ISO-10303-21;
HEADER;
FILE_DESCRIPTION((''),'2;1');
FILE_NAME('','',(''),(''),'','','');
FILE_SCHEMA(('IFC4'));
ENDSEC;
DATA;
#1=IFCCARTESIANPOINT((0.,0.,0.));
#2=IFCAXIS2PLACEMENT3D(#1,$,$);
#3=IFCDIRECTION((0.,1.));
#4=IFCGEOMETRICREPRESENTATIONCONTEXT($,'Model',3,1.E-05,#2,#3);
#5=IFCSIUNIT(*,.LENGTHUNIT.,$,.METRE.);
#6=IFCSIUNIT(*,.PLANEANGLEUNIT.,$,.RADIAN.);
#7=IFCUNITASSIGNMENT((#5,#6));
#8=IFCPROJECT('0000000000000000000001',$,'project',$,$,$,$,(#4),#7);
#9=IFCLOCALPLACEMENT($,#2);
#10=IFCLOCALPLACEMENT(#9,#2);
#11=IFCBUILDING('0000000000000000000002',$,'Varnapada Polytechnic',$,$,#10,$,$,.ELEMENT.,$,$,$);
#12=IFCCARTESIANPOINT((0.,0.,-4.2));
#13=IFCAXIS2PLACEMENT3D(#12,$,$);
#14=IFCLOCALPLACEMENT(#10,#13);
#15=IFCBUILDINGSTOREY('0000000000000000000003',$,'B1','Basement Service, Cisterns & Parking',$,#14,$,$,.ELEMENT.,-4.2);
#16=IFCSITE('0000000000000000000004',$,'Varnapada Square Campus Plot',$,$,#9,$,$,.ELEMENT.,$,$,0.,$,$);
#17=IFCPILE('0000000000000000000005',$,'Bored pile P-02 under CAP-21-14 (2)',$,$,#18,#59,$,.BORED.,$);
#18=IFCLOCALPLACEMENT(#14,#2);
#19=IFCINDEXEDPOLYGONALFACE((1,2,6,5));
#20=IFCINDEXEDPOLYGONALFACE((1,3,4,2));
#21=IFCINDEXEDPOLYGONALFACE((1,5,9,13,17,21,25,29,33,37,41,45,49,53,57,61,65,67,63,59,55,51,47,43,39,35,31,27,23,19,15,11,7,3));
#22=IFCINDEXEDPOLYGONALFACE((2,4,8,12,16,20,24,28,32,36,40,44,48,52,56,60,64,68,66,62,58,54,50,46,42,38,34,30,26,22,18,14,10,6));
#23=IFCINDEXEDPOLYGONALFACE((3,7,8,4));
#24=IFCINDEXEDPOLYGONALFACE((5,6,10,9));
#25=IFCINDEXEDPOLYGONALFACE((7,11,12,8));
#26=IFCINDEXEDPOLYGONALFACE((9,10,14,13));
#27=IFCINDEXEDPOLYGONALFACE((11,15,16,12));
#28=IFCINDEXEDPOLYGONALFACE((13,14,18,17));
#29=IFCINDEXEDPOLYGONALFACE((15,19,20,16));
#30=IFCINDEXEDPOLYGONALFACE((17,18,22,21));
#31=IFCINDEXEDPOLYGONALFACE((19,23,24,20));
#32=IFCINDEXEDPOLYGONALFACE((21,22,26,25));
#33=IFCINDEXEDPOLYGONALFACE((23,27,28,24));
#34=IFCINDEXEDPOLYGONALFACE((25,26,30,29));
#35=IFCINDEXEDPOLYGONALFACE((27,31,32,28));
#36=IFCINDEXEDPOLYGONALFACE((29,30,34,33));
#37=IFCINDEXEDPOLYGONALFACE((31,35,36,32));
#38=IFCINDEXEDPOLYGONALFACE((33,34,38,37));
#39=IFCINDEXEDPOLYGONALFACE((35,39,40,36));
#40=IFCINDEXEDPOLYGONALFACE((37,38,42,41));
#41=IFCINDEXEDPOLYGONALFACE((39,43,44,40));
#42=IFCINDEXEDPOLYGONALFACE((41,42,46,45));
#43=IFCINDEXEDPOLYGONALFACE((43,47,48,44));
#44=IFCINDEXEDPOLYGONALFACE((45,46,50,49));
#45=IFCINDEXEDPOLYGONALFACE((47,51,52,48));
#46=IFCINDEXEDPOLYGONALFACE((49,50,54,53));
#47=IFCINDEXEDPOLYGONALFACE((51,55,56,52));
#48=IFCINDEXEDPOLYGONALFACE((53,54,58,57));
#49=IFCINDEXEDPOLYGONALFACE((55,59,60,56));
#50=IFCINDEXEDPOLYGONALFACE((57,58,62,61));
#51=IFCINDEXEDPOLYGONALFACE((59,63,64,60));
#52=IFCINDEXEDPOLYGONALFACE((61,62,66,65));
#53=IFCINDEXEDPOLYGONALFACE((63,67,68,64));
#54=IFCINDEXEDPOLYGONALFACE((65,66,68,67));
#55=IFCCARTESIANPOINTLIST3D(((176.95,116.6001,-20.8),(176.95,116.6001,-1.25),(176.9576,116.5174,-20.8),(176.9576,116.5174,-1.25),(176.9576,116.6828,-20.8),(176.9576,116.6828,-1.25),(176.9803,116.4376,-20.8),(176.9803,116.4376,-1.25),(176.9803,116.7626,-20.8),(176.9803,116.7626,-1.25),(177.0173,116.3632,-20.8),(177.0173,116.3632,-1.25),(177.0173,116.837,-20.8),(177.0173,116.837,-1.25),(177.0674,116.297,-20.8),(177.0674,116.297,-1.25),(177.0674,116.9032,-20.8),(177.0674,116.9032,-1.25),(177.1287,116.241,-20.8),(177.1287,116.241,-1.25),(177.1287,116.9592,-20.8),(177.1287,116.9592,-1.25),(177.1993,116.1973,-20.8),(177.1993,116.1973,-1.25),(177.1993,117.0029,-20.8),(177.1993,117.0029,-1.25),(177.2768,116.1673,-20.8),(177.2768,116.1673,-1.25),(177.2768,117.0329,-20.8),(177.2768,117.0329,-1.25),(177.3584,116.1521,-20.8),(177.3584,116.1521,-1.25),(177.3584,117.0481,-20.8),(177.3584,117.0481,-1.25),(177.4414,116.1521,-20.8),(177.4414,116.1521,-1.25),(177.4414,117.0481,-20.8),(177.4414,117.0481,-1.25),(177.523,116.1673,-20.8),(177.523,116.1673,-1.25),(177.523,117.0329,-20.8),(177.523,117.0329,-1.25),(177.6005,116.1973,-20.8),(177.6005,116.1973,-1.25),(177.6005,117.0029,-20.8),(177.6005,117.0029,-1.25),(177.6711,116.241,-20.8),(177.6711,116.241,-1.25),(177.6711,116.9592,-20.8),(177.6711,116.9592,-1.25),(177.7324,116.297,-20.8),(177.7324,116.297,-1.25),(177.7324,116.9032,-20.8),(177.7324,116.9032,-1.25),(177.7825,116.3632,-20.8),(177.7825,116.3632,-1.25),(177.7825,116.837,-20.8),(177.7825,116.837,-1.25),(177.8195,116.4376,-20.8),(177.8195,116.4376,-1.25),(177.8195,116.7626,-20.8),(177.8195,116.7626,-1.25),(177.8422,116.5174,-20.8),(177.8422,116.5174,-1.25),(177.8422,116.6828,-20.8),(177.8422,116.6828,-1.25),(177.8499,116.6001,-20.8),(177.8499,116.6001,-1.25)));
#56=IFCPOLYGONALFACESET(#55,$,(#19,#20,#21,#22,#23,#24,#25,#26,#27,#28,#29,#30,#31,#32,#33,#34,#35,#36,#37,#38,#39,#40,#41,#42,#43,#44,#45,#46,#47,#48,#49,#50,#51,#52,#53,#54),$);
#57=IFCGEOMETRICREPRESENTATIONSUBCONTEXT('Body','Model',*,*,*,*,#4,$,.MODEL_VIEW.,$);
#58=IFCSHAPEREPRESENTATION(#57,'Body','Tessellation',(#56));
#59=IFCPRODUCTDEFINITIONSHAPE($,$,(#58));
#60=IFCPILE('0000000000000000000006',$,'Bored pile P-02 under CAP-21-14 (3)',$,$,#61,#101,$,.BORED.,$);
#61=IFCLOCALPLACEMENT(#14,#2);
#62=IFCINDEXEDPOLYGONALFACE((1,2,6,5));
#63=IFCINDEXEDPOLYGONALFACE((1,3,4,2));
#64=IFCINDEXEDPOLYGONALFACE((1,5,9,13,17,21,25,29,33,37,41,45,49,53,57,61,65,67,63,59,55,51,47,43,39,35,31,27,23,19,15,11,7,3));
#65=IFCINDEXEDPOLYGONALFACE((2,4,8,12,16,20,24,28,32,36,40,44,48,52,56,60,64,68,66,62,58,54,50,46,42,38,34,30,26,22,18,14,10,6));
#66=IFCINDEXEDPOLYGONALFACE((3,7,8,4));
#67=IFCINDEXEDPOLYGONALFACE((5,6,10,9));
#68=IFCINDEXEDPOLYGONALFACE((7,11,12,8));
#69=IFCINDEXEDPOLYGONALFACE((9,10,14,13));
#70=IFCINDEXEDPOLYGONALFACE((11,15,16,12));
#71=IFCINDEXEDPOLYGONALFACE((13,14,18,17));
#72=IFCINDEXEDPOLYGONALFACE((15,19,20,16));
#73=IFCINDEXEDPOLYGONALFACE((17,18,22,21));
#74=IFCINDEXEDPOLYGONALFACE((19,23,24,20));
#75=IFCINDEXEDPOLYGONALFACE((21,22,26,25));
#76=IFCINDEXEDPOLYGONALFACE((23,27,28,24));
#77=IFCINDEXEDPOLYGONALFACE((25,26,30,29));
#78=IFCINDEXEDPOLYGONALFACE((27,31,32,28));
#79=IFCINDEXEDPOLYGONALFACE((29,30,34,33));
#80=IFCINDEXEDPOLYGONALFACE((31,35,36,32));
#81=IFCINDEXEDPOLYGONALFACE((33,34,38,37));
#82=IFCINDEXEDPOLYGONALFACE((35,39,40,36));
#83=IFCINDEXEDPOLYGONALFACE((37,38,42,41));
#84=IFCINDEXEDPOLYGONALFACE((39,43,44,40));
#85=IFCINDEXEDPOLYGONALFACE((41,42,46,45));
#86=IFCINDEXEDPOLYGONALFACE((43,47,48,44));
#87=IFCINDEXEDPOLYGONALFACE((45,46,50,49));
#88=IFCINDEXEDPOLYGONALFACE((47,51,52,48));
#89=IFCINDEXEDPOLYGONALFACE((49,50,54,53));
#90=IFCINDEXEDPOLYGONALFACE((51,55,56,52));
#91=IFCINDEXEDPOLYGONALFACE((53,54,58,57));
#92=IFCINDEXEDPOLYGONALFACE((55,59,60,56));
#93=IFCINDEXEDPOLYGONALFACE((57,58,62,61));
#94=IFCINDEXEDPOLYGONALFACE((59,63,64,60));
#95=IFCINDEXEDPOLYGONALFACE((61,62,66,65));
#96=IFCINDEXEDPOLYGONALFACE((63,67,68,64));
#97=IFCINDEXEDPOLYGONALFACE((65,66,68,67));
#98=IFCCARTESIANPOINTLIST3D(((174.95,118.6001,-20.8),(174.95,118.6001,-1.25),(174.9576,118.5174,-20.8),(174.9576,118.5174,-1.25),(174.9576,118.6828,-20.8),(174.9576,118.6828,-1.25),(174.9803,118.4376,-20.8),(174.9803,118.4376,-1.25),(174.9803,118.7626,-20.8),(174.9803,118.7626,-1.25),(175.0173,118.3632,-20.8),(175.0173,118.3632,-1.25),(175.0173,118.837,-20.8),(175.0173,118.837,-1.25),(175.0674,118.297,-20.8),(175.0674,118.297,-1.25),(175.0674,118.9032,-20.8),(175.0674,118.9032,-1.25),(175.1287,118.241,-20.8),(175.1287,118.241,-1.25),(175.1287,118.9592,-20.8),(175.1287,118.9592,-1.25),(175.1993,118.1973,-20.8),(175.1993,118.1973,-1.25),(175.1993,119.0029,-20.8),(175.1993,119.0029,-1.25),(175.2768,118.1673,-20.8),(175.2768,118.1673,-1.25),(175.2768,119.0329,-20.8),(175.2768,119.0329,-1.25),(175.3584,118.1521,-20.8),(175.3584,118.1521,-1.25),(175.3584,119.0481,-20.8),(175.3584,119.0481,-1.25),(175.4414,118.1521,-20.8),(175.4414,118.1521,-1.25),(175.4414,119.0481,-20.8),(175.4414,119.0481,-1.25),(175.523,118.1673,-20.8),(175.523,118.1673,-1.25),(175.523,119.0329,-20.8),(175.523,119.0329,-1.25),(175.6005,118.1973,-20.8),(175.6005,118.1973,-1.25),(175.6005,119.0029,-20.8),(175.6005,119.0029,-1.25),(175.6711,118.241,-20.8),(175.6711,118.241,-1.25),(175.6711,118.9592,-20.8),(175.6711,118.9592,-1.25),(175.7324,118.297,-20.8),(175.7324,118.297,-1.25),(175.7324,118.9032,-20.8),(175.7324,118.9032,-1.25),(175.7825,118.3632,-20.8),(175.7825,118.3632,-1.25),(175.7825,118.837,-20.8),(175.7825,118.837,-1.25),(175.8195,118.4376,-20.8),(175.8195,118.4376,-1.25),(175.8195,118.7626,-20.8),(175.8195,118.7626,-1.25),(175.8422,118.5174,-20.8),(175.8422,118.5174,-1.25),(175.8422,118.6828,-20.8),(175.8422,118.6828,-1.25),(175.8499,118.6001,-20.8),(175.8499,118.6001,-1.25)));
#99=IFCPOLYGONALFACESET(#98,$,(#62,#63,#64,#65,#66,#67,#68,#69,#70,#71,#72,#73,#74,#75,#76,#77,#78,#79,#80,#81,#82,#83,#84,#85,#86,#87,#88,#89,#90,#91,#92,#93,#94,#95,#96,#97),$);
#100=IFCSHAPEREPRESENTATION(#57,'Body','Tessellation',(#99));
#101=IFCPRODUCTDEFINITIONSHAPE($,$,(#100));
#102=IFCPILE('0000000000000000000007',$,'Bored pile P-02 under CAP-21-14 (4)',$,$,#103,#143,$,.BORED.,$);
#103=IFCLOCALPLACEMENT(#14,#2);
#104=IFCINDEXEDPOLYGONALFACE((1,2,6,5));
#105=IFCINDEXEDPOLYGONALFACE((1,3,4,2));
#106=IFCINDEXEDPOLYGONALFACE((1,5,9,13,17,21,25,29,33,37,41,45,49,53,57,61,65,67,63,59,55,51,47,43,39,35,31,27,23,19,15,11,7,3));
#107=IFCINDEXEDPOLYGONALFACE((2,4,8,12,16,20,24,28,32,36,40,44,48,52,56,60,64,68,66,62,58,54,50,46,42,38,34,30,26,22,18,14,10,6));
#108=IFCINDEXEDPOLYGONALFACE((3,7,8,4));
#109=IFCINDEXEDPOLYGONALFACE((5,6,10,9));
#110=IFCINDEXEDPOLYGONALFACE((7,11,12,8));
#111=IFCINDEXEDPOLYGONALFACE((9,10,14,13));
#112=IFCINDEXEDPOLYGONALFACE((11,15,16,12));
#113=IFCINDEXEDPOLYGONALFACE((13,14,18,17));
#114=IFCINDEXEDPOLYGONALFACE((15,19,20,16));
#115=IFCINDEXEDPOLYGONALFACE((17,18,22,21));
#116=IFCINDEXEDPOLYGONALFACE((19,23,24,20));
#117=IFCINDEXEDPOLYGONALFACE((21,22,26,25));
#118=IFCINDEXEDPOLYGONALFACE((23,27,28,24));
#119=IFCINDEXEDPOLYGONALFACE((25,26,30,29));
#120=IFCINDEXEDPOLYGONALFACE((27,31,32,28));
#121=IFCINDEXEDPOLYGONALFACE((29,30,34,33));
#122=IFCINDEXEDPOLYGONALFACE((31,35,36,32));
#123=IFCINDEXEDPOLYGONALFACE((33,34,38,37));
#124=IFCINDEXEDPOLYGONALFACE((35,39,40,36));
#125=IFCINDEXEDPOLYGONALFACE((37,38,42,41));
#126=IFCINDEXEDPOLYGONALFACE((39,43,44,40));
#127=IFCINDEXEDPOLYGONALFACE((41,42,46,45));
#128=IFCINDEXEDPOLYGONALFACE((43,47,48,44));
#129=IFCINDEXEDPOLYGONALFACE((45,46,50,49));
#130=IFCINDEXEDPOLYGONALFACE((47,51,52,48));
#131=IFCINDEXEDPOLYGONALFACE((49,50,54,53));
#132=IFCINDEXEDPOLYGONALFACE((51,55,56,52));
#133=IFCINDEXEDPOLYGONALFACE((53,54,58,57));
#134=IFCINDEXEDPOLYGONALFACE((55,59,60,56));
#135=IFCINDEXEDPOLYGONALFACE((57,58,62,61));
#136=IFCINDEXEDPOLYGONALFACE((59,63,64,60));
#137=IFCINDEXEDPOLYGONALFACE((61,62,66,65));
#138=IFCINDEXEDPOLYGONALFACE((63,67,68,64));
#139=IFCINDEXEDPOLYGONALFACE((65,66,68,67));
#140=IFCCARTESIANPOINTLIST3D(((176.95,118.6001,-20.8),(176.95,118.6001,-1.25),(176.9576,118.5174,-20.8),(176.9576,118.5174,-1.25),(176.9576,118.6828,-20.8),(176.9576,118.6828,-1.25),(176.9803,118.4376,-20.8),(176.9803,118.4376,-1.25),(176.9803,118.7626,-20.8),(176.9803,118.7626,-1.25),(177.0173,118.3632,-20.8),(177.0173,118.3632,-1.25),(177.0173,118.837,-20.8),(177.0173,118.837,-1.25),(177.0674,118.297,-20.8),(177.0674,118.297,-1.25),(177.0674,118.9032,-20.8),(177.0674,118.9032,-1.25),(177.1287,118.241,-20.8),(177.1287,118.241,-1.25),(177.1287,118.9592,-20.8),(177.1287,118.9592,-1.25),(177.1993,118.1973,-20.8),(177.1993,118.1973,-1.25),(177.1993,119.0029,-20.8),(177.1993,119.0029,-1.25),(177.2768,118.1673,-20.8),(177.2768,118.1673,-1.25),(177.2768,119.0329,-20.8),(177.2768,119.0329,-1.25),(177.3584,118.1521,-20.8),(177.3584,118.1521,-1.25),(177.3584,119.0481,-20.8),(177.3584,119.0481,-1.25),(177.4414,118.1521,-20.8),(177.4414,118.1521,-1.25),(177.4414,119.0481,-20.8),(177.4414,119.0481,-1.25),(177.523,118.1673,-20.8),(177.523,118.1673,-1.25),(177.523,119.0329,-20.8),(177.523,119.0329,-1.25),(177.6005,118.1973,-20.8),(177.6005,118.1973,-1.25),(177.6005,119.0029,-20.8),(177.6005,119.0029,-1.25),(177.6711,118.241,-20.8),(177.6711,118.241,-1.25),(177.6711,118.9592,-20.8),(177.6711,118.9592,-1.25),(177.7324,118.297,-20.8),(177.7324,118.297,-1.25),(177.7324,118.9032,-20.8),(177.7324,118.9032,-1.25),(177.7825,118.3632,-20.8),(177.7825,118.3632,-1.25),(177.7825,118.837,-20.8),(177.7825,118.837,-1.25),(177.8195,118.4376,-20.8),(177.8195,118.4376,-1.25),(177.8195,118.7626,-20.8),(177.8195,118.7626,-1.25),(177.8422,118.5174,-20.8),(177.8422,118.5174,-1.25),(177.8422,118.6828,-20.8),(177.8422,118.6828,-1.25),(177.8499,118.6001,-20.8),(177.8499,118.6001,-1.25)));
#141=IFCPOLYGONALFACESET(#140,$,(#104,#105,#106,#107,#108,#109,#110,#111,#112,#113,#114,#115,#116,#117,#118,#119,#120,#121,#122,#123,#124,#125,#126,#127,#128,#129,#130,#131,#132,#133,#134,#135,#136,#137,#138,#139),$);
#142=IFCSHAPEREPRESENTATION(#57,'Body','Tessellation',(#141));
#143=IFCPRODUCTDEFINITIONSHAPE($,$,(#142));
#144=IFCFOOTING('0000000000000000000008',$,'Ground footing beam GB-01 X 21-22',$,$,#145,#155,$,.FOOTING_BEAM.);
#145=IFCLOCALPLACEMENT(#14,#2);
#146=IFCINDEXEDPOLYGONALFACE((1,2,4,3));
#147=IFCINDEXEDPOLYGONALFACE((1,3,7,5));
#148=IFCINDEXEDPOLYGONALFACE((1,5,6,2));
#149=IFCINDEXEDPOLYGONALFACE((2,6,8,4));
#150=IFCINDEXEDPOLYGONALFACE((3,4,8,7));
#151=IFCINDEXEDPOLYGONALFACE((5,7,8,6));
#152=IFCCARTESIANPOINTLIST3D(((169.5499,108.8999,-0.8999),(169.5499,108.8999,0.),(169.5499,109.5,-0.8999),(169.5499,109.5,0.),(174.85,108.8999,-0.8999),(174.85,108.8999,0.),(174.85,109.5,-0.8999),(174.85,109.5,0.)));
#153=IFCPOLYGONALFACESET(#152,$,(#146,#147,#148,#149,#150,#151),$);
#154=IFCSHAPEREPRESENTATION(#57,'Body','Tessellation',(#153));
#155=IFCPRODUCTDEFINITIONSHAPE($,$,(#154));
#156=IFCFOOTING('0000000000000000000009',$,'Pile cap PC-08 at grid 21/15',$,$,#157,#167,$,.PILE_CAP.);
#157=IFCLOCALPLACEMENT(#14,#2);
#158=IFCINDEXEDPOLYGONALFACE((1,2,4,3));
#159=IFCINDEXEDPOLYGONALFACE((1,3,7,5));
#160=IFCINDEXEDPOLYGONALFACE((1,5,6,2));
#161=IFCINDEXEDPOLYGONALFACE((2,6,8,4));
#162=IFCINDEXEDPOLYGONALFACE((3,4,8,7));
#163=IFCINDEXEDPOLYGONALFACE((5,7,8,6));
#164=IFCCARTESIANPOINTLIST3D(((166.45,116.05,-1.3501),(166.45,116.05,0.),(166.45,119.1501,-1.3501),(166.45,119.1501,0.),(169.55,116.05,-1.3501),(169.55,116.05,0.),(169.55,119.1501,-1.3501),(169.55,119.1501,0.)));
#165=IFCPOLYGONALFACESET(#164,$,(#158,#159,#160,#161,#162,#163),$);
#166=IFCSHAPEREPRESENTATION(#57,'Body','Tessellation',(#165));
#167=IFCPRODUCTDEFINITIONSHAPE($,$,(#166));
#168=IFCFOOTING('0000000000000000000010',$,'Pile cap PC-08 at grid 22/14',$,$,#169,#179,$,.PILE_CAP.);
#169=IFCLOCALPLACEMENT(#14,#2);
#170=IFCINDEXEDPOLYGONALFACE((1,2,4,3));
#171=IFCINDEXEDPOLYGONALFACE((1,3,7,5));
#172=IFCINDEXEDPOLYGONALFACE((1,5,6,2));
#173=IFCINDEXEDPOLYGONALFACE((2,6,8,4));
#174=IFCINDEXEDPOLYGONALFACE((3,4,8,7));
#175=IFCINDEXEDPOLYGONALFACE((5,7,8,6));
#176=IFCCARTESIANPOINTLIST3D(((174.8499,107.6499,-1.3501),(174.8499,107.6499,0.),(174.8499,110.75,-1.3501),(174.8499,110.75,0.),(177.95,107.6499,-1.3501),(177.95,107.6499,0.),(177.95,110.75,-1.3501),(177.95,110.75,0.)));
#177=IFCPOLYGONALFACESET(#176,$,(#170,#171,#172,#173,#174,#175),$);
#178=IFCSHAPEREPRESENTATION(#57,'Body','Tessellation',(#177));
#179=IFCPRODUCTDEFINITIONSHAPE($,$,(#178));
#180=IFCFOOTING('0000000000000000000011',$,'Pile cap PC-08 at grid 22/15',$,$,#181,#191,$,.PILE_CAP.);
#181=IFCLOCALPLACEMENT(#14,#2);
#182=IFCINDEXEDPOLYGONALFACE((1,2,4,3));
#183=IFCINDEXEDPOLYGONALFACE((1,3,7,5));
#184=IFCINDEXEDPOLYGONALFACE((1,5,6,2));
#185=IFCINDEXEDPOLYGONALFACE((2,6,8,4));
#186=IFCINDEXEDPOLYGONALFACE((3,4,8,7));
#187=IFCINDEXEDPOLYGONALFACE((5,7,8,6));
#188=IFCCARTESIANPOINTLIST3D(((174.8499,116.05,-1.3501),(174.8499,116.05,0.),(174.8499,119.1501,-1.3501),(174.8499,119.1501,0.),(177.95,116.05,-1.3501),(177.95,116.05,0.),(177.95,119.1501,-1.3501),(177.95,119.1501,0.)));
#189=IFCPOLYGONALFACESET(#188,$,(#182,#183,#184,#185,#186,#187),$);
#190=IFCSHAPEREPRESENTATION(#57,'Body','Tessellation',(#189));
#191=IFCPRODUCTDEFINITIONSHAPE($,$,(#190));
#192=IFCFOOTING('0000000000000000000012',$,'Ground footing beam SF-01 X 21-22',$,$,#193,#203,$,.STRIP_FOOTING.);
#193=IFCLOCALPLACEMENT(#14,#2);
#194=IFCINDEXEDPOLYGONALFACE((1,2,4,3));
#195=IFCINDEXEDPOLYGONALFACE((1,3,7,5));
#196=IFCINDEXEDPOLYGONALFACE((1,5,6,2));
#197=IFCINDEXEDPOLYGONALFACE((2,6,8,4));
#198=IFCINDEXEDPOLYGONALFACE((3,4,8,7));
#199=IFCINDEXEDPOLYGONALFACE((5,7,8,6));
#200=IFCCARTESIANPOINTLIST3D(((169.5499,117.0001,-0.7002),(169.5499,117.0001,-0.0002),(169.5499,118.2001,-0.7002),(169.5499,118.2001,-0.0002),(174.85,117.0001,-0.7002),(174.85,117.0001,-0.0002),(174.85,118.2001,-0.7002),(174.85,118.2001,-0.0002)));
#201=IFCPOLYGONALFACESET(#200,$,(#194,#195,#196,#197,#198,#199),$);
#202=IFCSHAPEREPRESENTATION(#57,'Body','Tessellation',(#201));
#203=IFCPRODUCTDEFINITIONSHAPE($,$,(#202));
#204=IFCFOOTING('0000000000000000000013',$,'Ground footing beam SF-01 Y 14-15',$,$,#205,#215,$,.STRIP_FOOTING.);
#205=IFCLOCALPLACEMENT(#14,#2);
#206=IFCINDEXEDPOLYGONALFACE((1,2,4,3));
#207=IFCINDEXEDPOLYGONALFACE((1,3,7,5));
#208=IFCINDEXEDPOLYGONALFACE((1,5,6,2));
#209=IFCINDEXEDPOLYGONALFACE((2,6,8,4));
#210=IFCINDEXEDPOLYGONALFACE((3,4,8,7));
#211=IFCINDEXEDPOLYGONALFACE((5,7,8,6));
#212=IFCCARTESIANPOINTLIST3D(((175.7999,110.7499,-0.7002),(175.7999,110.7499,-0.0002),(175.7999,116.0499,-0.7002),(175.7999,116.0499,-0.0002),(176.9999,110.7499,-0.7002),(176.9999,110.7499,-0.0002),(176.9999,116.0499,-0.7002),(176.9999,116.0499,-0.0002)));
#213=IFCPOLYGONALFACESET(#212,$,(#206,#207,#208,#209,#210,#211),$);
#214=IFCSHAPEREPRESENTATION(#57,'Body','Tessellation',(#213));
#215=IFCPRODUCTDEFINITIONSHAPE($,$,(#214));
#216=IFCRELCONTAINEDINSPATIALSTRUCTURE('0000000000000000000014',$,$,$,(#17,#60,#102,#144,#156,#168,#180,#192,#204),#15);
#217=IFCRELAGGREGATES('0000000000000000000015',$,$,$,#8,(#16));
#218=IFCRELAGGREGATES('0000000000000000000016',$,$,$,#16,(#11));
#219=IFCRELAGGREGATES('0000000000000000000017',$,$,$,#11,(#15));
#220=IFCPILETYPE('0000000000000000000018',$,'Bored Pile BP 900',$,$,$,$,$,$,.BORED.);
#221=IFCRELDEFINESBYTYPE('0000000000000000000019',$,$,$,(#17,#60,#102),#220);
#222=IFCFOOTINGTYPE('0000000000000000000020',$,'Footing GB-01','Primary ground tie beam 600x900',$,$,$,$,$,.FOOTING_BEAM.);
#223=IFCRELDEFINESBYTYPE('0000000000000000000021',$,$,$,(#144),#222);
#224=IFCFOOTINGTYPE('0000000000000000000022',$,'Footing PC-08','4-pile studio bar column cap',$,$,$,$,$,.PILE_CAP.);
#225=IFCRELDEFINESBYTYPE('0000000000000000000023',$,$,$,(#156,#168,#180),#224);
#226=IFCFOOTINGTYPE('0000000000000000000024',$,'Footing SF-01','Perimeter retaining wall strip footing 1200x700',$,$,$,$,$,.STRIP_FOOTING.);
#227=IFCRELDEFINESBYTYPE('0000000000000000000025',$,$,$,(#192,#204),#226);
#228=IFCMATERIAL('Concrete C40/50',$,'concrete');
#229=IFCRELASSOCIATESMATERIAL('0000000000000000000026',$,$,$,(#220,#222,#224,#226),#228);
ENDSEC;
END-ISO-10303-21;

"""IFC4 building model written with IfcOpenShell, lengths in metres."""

from ifc_helpers import new_model, si_unit, direction, frame, origin, origin_2d, place, context, subcontext, project, spatial, rectangle, circle, extrude, material, material_profile, profile_set, type_object, element, save


model = new_model("IFC4")

# Units and contexts
model_context = context("Model", 3, precision=1e-05, world=origin(), true_north=direction((0.0, 1.0)))
body_context = subcontext(model_context, "Body", "Model", "MODEL_VIEW")
ifc_project = project(units=[si_unit("LENGTHUNIT", "METRE"), si_unit("PLANEANGLEUNIT", "RADIAN")], contexts=[model_context])

# Site, building, storey
site_placement = place(None, origin())
site = spatial("IfcSite", under=ifc_project, at=site_placement, Name="Varnapada Square Campus Plot", CompositionType="ELEMENT", RefElevation=0.0)
building_placement = place(site_placement, origin())
building = spatial("IfcBuilding", under=site, at=building_placement, Name="Varnapada Polytechnic", CompositionType="ELEMENT")
storey_placement = place(building_placement, frame((0.0, 0.0, -4.2)))
storey = spatial("IfcBuildingStorey", under=building, at=storey_placement, Name="B1", Description="Basement Service, Cisterns & Parking", CompositionType="ELEMENT", Elevation=-4.2)

# Piles
ifc_material_1 = material(Name="Concrete C40/50", Category="concrete")
ifc_material_profile_1 = material_profile(ifc_material_1, circle(Radius=0.45, at=origin_2d()), Name="BP 900")
ifc_profile_set_1 = profile_set([ifc_material_profile_1], Name="Concrete C40/50")
pile_type = type_object("IfcPileType", Name="Bored Pile BP 900", PredefinedType="BORED", material=ifc_profile_set_1)
for number, where, z_axis, x_axis, name in (
    (1, (177.3999, 116.6001, -1.25), (0.0, 0.0, -1.0), (1.0, 0.0, 0.0), "Bored pile P-02 under CAP-21-14 (2)"),
    (2, (175.3999, 118.6001, -1.25), (0.0, 0.0, -1.0), (1.0, 0.0, 0.0), "Bored pile P-02 under CAP-21-14 (3)"),
    (3, (177.3999, 118.6001, -1.25), (0.0, 0.0, -1.0), (1.0, 0.0, 0.0), "Bored pile P-02 under CAP-21-14 (4)"),
):
    element("IfcPile", number, at=place(storey_placement, frame(where, z_axis=z_axis, x_axis=x_axis)), inside=storey, type_object=pile_type, Name=name, PredefinedType="BORED", context=body_context, shape_type="SweptSolid", body=[
        extrude(circle(Radius=0.45, at=origin_2d()), origin(), (0.0, 0.0, 1.0), 19.55),
    ])

# Footings
footing_type_1 = type_object("IfcFootingType", Name="Footing GB-01", Description="Primary ground tie beam 600x900", PredefinedType="FOOTING_BEAM", material=ifc_material_1)
footing_placement = place(storey_placement, frame((172.2, 109.2, -0.8999), z_axis=(0.0, 0.0, 1.0), x_axis=(1.0, 0.0, 0.0)))
element("IfcFooting", 4, at=footing_placement, inside=storey, type_object=footing_type_1, Name="Ground footing beam GB-01 X 21-22", PredefinedType="FOOTING_BEAM", context=body_context, shape_type="SweptSolid", body=[
    extrude(rectangle(XDim=5.3, YDim=0.6001, at=origin_2d()), origin(), (0.0, 0.0, 1.0), 0.8999),
])
footing_type_2 = type_object("IfcFootingType", Name="Footing PC-08", Description="4-pile studio bar column cap", PredefinedType="PILE_CAP", material=ifc_material_1)
for number, where, z_axis, x_axis, name in (
    (5, (168.0, 117.6001, -1.3501), (0.0, 0.0, 1.0), (1.0, 0.0, 0.0), "Pile cap PC-08 at grid 21/15"),
    (6, (176.3999, 109.2, -1.3501), (0.0, 0.0, 1.0), (1.0, 0.0, 0.0), "Pile cap PC-08 at grid 22/14"),
    (7, (176.3999, 117.6001, -1.3501), (0.0, 0.0, 1.0), (1.0, 0.0, 0.0), "Pile cap PC-08 at grid 22/15"),
):
    element("IfcFooting", number, at=place(storey_placement, frame(where, z_axis=z_axis, x_axis=x_axis)), inside=storey, type_object=footing_type_2, Name=name, PredefinedType="PILE_CAP", context=body_context, shape_type="SweptSolid", body=[
        extrude(rectangle(XDim=3.1001, YDim=3.1001, at=origin_2d()), origin(), (0.0, 0.0, 1.0), 1.3501),
    ])
footing_type_3 = type_object("IfcFootingType", Name="Footing SF-01", Description="Perimeter retaining wall strip footing 1200x700", PredefinedType="STRIP_FOOTING", material=ifc_material_1)
for number, where, z_axis, x_axis, name in (
    (8, (172.2, 117.6001, -0.7002), (0.0, 0.0, 1.0), (1.0, 0.0, 0.0), "Ground footing beam SF-01 X 21-22"),
    (9, (176.3999, 113.3999, -0.7002), (0.0, 0.0, 1.0), (0.0, 1.0, 0.0), "Ground footing beam SF-01 Y 14-15"),
):
    element("IfcFooting", number, at=place(storey_placement, frame(where, z_axis=z_axis, x_axis=x_axis)), inside=storey, type_object=footing_type_3, Name=name, PredefinedType="STRIP_FOOTING", context=body_context, shape_type="SweptSolid", body=[
        extrude(rectangle(XDim=5.3, YDim=1.2, at=origin_2d()), origin(), (0.0, 0.0, 1.0), 0.7),
    ])

save(model, "model.ifc")
